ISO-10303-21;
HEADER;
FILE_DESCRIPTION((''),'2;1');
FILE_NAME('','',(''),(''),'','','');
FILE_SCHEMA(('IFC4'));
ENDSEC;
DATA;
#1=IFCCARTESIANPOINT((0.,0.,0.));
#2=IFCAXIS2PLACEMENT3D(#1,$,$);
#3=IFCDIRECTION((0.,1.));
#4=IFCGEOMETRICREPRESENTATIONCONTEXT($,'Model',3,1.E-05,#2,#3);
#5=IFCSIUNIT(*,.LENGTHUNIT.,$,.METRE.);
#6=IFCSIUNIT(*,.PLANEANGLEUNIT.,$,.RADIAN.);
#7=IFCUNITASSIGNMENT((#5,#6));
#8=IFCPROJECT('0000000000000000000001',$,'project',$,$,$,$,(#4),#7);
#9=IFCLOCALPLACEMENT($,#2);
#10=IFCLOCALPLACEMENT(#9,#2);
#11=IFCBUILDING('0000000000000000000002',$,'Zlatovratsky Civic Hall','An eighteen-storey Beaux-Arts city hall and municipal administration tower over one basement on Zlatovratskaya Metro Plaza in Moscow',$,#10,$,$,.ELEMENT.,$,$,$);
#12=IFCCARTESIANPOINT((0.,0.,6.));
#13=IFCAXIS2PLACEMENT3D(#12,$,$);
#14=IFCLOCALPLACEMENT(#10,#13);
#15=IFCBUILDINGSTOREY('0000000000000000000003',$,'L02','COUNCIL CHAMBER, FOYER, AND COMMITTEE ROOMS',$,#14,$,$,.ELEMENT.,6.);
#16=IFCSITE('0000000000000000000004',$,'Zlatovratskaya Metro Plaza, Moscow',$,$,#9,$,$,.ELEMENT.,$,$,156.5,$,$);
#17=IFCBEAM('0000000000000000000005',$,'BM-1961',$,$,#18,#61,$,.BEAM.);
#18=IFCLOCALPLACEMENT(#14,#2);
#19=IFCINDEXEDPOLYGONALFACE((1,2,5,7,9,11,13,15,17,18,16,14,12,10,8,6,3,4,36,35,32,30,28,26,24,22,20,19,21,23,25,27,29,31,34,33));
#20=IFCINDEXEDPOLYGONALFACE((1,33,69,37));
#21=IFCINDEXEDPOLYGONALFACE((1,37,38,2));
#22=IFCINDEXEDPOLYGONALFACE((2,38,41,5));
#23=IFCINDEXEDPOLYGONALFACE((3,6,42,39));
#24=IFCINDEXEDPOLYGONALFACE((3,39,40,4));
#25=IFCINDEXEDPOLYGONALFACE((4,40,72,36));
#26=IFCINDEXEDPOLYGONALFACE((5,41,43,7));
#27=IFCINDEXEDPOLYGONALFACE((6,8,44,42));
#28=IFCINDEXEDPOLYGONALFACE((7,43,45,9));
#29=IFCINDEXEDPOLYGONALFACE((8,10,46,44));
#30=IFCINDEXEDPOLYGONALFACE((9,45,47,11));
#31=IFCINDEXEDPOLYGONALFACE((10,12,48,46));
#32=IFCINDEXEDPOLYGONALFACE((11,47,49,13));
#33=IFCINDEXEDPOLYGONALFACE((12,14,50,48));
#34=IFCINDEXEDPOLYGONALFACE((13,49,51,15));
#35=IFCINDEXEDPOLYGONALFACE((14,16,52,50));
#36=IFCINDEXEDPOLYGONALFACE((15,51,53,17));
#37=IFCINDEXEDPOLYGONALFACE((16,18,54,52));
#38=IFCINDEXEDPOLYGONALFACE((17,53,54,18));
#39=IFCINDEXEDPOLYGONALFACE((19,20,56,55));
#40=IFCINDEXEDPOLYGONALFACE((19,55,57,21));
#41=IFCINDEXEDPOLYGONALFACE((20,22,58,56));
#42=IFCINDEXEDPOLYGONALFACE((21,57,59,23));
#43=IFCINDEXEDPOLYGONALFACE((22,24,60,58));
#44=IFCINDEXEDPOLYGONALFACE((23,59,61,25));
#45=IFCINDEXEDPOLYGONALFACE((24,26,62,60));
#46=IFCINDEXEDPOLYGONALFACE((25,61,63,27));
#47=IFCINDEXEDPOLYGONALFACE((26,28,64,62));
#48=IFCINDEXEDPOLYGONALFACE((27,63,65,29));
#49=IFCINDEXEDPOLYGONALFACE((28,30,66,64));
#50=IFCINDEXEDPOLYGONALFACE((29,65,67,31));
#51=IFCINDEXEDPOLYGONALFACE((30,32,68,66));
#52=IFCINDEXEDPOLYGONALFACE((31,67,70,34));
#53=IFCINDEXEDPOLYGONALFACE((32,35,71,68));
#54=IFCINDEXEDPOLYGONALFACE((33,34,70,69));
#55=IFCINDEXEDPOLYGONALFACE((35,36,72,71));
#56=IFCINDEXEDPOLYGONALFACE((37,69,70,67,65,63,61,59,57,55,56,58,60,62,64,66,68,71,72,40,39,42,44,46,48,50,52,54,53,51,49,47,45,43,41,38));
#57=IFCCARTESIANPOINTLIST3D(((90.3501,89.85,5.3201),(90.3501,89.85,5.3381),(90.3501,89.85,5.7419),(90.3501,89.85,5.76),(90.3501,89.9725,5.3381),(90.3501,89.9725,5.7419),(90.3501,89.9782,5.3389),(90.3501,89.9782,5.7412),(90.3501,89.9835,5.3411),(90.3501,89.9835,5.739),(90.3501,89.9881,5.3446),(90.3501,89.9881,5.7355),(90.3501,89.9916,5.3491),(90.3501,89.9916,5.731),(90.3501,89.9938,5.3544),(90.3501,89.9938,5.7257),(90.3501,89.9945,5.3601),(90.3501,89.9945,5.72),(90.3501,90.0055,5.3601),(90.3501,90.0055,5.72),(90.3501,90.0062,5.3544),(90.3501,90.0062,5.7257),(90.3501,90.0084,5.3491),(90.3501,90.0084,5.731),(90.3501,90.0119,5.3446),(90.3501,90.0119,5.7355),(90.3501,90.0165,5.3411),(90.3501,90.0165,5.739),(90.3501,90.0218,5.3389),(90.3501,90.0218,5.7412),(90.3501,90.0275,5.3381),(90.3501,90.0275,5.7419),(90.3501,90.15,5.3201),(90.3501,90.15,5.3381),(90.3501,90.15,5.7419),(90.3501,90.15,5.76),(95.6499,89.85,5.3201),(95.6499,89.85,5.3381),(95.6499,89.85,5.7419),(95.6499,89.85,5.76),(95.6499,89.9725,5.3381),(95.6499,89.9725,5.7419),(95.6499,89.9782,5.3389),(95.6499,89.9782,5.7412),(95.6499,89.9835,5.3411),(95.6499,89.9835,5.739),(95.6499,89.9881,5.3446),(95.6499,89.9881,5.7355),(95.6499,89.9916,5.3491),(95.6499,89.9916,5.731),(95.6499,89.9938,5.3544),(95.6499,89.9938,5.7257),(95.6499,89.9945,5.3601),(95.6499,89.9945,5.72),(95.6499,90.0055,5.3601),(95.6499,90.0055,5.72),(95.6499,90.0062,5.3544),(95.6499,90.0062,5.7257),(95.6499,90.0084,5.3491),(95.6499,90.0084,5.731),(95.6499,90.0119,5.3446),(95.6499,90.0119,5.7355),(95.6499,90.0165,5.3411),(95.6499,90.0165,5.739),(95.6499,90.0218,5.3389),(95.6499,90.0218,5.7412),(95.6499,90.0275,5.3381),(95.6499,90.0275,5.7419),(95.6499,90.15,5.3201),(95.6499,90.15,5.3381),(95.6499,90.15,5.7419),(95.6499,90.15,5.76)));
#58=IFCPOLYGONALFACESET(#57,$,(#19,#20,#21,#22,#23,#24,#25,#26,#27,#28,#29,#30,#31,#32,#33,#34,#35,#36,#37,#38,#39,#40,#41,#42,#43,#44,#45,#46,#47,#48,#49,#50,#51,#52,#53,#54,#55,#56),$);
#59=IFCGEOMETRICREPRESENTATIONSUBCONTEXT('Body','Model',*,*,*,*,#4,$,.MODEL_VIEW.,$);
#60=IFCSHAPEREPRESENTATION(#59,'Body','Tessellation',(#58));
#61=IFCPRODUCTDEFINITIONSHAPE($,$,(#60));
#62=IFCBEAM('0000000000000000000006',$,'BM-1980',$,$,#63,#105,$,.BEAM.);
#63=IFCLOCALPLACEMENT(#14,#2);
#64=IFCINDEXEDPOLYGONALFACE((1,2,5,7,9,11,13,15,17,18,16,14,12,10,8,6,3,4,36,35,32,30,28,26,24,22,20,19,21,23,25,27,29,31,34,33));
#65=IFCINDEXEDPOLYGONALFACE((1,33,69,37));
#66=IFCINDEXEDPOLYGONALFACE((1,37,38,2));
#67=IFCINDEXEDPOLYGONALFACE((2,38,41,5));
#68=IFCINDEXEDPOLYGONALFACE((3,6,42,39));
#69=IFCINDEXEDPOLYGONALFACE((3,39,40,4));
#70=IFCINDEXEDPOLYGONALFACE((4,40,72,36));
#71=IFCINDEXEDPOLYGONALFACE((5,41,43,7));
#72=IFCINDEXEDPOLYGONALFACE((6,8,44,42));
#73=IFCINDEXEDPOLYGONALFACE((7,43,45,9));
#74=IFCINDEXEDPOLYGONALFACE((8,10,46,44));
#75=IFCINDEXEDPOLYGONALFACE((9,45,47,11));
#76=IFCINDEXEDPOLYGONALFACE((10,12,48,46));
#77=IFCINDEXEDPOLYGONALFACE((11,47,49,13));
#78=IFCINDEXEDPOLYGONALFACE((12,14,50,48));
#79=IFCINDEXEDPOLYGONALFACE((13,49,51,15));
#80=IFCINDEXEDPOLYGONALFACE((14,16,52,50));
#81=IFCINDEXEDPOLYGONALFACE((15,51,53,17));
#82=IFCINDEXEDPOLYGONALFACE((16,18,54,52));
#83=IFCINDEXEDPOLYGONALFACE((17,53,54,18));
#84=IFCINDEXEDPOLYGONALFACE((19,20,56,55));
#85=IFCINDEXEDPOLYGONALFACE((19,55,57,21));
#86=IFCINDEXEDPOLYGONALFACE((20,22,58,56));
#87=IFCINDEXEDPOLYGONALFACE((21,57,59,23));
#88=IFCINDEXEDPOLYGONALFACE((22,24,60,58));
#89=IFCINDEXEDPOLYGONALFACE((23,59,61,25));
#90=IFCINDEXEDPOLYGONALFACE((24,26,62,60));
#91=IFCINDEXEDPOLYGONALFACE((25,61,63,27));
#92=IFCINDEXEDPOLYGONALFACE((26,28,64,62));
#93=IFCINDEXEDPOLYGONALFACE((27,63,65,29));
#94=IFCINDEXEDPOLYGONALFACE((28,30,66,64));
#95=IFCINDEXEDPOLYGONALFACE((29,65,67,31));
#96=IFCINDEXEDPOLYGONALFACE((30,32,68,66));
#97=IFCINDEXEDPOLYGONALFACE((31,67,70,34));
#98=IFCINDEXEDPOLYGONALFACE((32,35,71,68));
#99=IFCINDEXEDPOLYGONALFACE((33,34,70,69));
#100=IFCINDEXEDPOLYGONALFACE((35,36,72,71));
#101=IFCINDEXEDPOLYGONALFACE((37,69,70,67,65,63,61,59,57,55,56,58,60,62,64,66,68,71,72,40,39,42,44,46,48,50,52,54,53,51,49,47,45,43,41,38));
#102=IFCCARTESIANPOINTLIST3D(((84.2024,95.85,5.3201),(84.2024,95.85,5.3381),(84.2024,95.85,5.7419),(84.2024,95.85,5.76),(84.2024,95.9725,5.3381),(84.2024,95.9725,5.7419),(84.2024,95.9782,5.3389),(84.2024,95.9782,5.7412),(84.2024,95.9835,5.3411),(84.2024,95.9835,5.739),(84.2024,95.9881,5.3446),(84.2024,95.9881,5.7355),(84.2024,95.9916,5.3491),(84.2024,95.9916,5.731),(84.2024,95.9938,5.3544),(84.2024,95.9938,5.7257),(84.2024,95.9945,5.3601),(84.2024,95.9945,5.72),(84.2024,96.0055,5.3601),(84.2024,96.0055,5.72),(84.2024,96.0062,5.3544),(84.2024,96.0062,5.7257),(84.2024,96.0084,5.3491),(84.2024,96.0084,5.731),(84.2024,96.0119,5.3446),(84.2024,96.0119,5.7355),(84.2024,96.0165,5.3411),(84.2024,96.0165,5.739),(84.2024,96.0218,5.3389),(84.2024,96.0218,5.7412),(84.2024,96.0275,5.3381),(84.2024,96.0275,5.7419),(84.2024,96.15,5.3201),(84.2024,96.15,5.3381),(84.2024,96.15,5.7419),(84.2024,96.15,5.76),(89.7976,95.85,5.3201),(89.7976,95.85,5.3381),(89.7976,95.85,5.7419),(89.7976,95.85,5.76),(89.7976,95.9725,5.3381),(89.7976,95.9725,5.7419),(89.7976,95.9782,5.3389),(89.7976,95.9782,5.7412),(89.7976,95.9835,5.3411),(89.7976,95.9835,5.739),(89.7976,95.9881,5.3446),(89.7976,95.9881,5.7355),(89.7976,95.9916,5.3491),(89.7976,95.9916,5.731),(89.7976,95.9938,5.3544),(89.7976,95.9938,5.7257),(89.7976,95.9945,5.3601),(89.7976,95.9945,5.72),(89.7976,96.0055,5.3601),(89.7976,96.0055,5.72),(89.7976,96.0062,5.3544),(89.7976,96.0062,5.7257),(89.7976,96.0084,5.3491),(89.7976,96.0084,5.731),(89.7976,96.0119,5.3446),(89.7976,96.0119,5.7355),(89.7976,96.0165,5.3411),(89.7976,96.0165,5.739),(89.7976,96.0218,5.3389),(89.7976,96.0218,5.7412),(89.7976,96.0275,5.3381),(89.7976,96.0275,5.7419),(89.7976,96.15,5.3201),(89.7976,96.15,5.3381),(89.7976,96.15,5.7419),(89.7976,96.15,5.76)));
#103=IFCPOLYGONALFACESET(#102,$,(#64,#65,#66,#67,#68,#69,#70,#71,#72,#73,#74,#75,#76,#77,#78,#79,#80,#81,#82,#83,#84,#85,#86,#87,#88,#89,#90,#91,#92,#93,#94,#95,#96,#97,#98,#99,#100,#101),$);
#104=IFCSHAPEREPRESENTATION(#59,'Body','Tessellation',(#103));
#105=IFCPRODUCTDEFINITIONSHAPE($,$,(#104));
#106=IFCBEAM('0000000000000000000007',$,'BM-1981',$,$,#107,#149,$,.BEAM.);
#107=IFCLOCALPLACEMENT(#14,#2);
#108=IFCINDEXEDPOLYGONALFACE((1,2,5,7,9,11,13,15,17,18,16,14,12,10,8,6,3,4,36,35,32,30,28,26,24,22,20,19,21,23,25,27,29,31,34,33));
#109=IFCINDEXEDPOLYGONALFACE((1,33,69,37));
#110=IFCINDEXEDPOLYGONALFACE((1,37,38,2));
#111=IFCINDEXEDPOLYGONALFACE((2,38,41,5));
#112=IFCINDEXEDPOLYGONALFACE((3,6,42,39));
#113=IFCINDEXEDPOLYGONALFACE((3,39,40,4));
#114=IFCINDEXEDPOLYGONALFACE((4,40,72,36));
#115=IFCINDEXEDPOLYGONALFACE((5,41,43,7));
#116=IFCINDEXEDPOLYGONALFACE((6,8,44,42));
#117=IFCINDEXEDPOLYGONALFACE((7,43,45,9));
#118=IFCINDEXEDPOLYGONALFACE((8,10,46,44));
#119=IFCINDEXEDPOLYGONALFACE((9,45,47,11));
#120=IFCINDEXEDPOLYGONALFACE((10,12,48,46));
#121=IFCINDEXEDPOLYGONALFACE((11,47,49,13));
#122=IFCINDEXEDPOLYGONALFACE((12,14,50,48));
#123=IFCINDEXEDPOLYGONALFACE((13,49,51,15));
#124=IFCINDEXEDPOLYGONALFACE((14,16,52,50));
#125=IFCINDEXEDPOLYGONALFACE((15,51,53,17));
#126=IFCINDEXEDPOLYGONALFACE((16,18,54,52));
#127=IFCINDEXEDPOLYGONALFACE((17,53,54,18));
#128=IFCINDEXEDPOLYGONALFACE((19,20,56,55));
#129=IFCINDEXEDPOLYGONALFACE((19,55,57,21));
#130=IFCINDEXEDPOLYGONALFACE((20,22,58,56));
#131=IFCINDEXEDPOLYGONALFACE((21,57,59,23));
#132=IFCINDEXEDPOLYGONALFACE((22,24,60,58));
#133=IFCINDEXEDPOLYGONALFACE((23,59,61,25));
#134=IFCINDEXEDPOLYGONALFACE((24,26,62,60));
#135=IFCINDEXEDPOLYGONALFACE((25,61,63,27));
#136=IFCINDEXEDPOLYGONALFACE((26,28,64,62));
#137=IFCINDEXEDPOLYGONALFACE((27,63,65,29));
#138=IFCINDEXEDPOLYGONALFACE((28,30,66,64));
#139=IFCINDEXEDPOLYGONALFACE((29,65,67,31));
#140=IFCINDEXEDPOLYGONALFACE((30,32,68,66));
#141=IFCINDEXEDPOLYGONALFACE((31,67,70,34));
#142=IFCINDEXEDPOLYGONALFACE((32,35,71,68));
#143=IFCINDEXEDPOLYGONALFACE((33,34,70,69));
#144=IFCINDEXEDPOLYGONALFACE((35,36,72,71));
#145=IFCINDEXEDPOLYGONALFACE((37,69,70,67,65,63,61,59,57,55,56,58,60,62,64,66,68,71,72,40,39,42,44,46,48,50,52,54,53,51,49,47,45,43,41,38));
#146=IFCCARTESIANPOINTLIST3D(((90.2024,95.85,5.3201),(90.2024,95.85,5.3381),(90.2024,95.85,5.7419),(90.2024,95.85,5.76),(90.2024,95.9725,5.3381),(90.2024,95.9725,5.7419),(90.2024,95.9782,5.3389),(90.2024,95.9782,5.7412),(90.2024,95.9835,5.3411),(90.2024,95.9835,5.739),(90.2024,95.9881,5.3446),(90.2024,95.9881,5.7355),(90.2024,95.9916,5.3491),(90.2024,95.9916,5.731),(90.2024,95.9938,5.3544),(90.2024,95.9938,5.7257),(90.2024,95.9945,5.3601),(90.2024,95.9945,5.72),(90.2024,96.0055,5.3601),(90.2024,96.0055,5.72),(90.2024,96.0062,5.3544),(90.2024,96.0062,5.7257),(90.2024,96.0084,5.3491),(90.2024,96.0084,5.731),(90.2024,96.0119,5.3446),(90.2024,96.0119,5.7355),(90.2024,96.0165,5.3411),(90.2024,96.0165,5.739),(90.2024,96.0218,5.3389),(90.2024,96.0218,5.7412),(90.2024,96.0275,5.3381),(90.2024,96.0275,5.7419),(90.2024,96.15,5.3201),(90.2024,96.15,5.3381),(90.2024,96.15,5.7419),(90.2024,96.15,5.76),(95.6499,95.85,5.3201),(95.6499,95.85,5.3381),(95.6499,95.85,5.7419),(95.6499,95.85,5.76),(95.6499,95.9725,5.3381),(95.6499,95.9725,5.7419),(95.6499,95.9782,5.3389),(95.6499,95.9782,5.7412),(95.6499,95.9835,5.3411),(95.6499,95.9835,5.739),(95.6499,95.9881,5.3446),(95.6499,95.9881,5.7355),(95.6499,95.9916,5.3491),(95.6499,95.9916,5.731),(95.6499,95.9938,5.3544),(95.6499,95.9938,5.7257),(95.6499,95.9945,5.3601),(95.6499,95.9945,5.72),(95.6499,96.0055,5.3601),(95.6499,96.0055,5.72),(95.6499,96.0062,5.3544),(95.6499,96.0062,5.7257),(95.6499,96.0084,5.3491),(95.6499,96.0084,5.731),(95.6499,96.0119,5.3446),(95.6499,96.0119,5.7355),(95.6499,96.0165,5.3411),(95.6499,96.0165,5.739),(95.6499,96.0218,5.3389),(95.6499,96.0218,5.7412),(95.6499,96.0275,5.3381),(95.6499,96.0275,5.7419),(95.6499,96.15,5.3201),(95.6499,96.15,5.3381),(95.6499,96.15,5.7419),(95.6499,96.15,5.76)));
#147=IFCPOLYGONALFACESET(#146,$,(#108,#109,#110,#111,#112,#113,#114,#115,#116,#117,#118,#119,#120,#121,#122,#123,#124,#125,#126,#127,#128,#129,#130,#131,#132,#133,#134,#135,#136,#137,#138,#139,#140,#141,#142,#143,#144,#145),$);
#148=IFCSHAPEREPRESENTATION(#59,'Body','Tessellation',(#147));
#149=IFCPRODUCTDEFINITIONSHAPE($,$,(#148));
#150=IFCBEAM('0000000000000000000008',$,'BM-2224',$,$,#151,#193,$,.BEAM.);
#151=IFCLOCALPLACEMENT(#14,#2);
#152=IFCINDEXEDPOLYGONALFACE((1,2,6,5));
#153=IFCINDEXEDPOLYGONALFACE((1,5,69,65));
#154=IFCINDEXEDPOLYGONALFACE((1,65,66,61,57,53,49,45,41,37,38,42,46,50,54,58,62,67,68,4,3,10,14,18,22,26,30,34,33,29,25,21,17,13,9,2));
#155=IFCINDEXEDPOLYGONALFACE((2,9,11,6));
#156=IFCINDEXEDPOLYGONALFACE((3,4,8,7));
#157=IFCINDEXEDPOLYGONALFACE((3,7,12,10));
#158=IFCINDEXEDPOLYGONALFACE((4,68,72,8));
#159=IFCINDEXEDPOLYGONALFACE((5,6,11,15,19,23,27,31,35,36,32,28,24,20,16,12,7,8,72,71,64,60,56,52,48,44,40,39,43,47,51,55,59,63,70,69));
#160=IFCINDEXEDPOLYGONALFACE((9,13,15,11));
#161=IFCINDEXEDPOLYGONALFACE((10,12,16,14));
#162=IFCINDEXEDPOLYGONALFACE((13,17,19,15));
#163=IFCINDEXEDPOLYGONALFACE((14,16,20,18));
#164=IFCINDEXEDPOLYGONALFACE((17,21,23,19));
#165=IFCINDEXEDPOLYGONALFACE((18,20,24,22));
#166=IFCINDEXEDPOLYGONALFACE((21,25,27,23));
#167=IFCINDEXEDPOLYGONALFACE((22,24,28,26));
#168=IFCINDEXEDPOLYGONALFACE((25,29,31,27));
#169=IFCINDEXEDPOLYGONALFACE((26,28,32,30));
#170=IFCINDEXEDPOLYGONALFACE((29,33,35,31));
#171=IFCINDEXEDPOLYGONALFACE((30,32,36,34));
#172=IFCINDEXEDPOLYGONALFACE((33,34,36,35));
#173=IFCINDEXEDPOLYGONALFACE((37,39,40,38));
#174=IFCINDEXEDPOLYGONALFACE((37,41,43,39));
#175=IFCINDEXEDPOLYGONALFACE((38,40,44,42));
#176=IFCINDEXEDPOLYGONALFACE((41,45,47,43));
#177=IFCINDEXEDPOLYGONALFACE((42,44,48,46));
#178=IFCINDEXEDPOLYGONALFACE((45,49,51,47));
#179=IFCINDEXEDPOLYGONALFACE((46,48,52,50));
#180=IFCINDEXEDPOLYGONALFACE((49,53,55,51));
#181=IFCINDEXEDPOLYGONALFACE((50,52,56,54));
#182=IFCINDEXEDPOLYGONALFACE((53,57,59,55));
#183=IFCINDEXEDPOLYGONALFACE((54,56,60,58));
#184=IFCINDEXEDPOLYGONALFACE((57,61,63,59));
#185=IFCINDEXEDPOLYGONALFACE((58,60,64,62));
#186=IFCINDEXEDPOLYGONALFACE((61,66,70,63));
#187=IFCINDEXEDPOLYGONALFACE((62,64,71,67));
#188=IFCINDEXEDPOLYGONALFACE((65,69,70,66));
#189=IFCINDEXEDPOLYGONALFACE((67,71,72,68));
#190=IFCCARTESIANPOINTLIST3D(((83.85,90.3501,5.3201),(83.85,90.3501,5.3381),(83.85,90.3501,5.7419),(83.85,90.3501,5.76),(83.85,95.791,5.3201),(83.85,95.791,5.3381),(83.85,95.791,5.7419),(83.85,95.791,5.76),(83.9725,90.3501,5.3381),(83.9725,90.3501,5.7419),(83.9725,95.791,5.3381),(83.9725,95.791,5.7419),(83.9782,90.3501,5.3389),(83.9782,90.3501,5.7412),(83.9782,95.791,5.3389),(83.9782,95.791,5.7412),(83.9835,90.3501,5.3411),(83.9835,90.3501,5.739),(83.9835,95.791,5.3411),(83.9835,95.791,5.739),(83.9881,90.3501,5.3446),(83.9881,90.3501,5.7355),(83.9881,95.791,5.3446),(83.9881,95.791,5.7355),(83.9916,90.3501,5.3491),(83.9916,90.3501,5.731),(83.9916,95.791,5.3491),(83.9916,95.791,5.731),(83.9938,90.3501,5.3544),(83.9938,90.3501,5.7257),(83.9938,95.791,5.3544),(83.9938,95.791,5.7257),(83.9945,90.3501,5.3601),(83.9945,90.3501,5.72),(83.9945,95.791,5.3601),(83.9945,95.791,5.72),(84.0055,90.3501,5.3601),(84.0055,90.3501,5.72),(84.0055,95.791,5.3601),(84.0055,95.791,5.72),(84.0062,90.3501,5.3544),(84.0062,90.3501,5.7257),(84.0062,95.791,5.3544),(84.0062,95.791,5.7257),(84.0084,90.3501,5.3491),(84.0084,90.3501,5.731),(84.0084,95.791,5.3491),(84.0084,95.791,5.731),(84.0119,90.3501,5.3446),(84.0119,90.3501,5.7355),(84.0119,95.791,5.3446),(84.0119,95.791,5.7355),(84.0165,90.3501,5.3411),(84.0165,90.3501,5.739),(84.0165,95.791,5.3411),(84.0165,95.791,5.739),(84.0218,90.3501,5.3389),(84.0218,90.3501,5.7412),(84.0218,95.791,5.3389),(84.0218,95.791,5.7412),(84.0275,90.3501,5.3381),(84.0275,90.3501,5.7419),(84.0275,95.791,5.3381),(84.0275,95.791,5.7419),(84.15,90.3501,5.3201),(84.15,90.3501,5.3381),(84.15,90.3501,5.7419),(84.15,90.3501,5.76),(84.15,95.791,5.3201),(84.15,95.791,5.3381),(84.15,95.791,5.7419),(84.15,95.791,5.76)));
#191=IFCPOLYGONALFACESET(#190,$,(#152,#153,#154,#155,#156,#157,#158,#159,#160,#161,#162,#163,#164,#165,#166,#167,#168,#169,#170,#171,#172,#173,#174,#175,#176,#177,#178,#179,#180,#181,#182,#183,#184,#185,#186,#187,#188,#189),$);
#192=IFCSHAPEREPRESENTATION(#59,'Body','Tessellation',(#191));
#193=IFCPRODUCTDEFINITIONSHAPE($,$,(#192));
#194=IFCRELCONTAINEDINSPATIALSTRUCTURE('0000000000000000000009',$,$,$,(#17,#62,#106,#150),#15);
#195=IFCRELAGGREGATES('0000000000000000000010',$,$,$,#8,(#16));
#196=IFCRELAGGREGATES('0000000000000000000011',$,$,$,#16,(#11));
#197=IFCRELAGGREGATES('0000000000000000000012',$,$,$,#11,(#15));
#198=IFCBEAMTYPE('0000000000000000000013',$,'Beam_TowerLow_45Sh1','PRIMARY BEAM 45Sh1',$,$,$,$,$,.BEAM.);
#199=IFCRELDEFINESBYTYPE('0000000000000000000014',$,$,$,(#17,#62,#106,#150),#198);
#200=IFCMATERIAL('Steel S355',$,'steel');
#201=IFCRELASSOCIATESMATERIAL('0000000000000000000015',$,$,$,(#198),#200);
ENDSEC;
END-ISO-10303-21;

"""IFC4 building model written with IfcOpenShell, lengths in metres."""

from ifc_helpers import new_model, si_unit, direction, frame, origin, origin_2d, place, context, subcontext, project, spatial, i_section, extrude, material, material_profile, profile_set, type_object, element, save


model = new_model("IFC4")

# Units and contexts
model_context = context("Model", 3, precision=1e-05, world=origin(), true_north=direction((0.0, 1.0)))
body_context = subcontext(model_context, "Body", "Model", "MODEL_VIEW")
ifc_project = project(units=[si_unit("LENGTHUNIT", "METRE"), si_unit("PLANEANGLEUNIT", "RADIAN")], contexts=[model_context])

# Site, building, storey
site_placement = place(None, origin())
site = spatial("IfcSite", under=ifc_project, at=site_placement, Name="Zlatovratskaya Metro Plaza, Moscow", CompositionType="ELEMENT", RefElevation=156.5)
building_placement = place(site_placement, origin())
building = spatial("IfcBuilding", under=site, at=building_placement, Name="Zlatovratsky Civic Hall", Description="An eighteen-storey Beaux-Arts city hall and municipal administration tower over one basement on Zlatovratskaya Metro Plaza in Moscow", CompositionType="ELEMENT")
storey_placement = place(building_placement, frame((0.0, 0.0, 6.0)))
storey = spatial("IfcBuildingStorey", under=building, at=storey_placement, Name="L02", Description="COUNCIL CHAMBER, FOYER, AND COMMITTEE ROOMS", CompositionType="ELEMENT", Elevation=6.0)

# Shared definitions
ifc_material_1 = material(Name="Steel S355", Category="steel")

# Beams
ifc_material_profile_1 = material_profile(ifc_material_1, i_section(OverallWidth=0.3, OverallDepth=0.4399, WebThickness=0.011, FlangeThickness=0.0181, FilletRadius=0.022, at=origin_2d()), Name="45Sh1")
ifc_profile_set_1 = profile_set([ifc_material_profile_1], Name="Steel S355")
beam_type_1 = type_object("IfcBeamType", Name="Beam_TowerLow_45Sh1", Description="PRIMARY BEAM 45Sh1", PredefinedType="BEAM", material=ifc_profile_set_1)
for number, where, z_axis, x_axis, name in (
    (1, (90.3501, 90.0, 5.54), (1.0, 0.0, 0.0), (0.0, 1.0, 0.0), "BM-1961"),
):
    element("IfcBeam", number, at=place(storey_placement, frame(where, z_axis=z_axis, x_axis=x_axis)), inside=storey, type_object=beam_type_1, Name=name, PredefinedType="BEAM", context=body_context, shape_type="SweptSolid", body=[
        extrude(i_section(OverallWidth=0.3, OverallDepth=0.4399, WebThickness=0.011, FlangeThickness=0.0181, FilletRadius=0.022, at=origin_2d()), origin(), (0.0, 0.0, 1.0), 5.2998),
    ])
beam_1_placement = place(storey_placement, frame((84.2024, 96.0, 5.54), z_axis=(1.0, 0.0, 0.0), x_axis=(0.0, 1.0, 0.0)))
element("IfcBeam", 2, at=beam_1_placement, inside=storey, type_object=beam_type_1, Name="BM-1980", PredefinedType="BEAM", context=body_context, shape_type="SweptSolid", body=[
    extrude(i_section(OverallWidth=0.3, OverallDepth=0.4399, WebThickness=0.011, FlangeThickness=0.0181, FilletRadius=0.022, at=origin_2d()), origin(), (0.0, 0.0, 1.0), 5.5952),
])
beam_2_placement = place(storey_placement, frame((90.2024, 96.0, 5.54), z_axis=(1.0, 0.0, 0.0), x_axis=(0.0, 1.0, 0.0)))
element("IfcBeam", 3, at=beam_2_placement, inside=storey, type_object=beam_type_1, Name="BM-1981", PredefinedType="BEAM", context=body_context, shape_type="SweptSolid", body=[
    extrude(i_section(OverallWidth=0.3, OverallDepth=0.4399, WebThickness=0.011, FlangeThickness=0.0181, FilletRadius=0.022, at=origin_2d()), origin(), (0.0, 0.0, 1.0), 5.4475),
])
for number, where, z_axis, x_axis, name in (
    (4, (84.0, 90.3501, 5.54), (0.0, 1.0, 0.0), (-1.0, 0.0, 0.0), "BM-2224"),
):
    element("IfcBeam", number, at=place(storey_placement, frame(where, z_axis=z_axis, x_axis=x_axis)), inside=storey, type_object=beam_type_1, Name=name, PredefinedType="BEAM", context=body_context, shape_type="SweptSolid", body=[
        extrude(i_section(OverallWidth=0.3, OverallDepth=0.4399, WebThickness=0.011, FlangeThickness=0.0181, FilletRadius=0.022, at=origin_2d()), origin(), (0.0, 0.0, 1.0), 5.4409),
    ])

save(model, "model.ifc")
